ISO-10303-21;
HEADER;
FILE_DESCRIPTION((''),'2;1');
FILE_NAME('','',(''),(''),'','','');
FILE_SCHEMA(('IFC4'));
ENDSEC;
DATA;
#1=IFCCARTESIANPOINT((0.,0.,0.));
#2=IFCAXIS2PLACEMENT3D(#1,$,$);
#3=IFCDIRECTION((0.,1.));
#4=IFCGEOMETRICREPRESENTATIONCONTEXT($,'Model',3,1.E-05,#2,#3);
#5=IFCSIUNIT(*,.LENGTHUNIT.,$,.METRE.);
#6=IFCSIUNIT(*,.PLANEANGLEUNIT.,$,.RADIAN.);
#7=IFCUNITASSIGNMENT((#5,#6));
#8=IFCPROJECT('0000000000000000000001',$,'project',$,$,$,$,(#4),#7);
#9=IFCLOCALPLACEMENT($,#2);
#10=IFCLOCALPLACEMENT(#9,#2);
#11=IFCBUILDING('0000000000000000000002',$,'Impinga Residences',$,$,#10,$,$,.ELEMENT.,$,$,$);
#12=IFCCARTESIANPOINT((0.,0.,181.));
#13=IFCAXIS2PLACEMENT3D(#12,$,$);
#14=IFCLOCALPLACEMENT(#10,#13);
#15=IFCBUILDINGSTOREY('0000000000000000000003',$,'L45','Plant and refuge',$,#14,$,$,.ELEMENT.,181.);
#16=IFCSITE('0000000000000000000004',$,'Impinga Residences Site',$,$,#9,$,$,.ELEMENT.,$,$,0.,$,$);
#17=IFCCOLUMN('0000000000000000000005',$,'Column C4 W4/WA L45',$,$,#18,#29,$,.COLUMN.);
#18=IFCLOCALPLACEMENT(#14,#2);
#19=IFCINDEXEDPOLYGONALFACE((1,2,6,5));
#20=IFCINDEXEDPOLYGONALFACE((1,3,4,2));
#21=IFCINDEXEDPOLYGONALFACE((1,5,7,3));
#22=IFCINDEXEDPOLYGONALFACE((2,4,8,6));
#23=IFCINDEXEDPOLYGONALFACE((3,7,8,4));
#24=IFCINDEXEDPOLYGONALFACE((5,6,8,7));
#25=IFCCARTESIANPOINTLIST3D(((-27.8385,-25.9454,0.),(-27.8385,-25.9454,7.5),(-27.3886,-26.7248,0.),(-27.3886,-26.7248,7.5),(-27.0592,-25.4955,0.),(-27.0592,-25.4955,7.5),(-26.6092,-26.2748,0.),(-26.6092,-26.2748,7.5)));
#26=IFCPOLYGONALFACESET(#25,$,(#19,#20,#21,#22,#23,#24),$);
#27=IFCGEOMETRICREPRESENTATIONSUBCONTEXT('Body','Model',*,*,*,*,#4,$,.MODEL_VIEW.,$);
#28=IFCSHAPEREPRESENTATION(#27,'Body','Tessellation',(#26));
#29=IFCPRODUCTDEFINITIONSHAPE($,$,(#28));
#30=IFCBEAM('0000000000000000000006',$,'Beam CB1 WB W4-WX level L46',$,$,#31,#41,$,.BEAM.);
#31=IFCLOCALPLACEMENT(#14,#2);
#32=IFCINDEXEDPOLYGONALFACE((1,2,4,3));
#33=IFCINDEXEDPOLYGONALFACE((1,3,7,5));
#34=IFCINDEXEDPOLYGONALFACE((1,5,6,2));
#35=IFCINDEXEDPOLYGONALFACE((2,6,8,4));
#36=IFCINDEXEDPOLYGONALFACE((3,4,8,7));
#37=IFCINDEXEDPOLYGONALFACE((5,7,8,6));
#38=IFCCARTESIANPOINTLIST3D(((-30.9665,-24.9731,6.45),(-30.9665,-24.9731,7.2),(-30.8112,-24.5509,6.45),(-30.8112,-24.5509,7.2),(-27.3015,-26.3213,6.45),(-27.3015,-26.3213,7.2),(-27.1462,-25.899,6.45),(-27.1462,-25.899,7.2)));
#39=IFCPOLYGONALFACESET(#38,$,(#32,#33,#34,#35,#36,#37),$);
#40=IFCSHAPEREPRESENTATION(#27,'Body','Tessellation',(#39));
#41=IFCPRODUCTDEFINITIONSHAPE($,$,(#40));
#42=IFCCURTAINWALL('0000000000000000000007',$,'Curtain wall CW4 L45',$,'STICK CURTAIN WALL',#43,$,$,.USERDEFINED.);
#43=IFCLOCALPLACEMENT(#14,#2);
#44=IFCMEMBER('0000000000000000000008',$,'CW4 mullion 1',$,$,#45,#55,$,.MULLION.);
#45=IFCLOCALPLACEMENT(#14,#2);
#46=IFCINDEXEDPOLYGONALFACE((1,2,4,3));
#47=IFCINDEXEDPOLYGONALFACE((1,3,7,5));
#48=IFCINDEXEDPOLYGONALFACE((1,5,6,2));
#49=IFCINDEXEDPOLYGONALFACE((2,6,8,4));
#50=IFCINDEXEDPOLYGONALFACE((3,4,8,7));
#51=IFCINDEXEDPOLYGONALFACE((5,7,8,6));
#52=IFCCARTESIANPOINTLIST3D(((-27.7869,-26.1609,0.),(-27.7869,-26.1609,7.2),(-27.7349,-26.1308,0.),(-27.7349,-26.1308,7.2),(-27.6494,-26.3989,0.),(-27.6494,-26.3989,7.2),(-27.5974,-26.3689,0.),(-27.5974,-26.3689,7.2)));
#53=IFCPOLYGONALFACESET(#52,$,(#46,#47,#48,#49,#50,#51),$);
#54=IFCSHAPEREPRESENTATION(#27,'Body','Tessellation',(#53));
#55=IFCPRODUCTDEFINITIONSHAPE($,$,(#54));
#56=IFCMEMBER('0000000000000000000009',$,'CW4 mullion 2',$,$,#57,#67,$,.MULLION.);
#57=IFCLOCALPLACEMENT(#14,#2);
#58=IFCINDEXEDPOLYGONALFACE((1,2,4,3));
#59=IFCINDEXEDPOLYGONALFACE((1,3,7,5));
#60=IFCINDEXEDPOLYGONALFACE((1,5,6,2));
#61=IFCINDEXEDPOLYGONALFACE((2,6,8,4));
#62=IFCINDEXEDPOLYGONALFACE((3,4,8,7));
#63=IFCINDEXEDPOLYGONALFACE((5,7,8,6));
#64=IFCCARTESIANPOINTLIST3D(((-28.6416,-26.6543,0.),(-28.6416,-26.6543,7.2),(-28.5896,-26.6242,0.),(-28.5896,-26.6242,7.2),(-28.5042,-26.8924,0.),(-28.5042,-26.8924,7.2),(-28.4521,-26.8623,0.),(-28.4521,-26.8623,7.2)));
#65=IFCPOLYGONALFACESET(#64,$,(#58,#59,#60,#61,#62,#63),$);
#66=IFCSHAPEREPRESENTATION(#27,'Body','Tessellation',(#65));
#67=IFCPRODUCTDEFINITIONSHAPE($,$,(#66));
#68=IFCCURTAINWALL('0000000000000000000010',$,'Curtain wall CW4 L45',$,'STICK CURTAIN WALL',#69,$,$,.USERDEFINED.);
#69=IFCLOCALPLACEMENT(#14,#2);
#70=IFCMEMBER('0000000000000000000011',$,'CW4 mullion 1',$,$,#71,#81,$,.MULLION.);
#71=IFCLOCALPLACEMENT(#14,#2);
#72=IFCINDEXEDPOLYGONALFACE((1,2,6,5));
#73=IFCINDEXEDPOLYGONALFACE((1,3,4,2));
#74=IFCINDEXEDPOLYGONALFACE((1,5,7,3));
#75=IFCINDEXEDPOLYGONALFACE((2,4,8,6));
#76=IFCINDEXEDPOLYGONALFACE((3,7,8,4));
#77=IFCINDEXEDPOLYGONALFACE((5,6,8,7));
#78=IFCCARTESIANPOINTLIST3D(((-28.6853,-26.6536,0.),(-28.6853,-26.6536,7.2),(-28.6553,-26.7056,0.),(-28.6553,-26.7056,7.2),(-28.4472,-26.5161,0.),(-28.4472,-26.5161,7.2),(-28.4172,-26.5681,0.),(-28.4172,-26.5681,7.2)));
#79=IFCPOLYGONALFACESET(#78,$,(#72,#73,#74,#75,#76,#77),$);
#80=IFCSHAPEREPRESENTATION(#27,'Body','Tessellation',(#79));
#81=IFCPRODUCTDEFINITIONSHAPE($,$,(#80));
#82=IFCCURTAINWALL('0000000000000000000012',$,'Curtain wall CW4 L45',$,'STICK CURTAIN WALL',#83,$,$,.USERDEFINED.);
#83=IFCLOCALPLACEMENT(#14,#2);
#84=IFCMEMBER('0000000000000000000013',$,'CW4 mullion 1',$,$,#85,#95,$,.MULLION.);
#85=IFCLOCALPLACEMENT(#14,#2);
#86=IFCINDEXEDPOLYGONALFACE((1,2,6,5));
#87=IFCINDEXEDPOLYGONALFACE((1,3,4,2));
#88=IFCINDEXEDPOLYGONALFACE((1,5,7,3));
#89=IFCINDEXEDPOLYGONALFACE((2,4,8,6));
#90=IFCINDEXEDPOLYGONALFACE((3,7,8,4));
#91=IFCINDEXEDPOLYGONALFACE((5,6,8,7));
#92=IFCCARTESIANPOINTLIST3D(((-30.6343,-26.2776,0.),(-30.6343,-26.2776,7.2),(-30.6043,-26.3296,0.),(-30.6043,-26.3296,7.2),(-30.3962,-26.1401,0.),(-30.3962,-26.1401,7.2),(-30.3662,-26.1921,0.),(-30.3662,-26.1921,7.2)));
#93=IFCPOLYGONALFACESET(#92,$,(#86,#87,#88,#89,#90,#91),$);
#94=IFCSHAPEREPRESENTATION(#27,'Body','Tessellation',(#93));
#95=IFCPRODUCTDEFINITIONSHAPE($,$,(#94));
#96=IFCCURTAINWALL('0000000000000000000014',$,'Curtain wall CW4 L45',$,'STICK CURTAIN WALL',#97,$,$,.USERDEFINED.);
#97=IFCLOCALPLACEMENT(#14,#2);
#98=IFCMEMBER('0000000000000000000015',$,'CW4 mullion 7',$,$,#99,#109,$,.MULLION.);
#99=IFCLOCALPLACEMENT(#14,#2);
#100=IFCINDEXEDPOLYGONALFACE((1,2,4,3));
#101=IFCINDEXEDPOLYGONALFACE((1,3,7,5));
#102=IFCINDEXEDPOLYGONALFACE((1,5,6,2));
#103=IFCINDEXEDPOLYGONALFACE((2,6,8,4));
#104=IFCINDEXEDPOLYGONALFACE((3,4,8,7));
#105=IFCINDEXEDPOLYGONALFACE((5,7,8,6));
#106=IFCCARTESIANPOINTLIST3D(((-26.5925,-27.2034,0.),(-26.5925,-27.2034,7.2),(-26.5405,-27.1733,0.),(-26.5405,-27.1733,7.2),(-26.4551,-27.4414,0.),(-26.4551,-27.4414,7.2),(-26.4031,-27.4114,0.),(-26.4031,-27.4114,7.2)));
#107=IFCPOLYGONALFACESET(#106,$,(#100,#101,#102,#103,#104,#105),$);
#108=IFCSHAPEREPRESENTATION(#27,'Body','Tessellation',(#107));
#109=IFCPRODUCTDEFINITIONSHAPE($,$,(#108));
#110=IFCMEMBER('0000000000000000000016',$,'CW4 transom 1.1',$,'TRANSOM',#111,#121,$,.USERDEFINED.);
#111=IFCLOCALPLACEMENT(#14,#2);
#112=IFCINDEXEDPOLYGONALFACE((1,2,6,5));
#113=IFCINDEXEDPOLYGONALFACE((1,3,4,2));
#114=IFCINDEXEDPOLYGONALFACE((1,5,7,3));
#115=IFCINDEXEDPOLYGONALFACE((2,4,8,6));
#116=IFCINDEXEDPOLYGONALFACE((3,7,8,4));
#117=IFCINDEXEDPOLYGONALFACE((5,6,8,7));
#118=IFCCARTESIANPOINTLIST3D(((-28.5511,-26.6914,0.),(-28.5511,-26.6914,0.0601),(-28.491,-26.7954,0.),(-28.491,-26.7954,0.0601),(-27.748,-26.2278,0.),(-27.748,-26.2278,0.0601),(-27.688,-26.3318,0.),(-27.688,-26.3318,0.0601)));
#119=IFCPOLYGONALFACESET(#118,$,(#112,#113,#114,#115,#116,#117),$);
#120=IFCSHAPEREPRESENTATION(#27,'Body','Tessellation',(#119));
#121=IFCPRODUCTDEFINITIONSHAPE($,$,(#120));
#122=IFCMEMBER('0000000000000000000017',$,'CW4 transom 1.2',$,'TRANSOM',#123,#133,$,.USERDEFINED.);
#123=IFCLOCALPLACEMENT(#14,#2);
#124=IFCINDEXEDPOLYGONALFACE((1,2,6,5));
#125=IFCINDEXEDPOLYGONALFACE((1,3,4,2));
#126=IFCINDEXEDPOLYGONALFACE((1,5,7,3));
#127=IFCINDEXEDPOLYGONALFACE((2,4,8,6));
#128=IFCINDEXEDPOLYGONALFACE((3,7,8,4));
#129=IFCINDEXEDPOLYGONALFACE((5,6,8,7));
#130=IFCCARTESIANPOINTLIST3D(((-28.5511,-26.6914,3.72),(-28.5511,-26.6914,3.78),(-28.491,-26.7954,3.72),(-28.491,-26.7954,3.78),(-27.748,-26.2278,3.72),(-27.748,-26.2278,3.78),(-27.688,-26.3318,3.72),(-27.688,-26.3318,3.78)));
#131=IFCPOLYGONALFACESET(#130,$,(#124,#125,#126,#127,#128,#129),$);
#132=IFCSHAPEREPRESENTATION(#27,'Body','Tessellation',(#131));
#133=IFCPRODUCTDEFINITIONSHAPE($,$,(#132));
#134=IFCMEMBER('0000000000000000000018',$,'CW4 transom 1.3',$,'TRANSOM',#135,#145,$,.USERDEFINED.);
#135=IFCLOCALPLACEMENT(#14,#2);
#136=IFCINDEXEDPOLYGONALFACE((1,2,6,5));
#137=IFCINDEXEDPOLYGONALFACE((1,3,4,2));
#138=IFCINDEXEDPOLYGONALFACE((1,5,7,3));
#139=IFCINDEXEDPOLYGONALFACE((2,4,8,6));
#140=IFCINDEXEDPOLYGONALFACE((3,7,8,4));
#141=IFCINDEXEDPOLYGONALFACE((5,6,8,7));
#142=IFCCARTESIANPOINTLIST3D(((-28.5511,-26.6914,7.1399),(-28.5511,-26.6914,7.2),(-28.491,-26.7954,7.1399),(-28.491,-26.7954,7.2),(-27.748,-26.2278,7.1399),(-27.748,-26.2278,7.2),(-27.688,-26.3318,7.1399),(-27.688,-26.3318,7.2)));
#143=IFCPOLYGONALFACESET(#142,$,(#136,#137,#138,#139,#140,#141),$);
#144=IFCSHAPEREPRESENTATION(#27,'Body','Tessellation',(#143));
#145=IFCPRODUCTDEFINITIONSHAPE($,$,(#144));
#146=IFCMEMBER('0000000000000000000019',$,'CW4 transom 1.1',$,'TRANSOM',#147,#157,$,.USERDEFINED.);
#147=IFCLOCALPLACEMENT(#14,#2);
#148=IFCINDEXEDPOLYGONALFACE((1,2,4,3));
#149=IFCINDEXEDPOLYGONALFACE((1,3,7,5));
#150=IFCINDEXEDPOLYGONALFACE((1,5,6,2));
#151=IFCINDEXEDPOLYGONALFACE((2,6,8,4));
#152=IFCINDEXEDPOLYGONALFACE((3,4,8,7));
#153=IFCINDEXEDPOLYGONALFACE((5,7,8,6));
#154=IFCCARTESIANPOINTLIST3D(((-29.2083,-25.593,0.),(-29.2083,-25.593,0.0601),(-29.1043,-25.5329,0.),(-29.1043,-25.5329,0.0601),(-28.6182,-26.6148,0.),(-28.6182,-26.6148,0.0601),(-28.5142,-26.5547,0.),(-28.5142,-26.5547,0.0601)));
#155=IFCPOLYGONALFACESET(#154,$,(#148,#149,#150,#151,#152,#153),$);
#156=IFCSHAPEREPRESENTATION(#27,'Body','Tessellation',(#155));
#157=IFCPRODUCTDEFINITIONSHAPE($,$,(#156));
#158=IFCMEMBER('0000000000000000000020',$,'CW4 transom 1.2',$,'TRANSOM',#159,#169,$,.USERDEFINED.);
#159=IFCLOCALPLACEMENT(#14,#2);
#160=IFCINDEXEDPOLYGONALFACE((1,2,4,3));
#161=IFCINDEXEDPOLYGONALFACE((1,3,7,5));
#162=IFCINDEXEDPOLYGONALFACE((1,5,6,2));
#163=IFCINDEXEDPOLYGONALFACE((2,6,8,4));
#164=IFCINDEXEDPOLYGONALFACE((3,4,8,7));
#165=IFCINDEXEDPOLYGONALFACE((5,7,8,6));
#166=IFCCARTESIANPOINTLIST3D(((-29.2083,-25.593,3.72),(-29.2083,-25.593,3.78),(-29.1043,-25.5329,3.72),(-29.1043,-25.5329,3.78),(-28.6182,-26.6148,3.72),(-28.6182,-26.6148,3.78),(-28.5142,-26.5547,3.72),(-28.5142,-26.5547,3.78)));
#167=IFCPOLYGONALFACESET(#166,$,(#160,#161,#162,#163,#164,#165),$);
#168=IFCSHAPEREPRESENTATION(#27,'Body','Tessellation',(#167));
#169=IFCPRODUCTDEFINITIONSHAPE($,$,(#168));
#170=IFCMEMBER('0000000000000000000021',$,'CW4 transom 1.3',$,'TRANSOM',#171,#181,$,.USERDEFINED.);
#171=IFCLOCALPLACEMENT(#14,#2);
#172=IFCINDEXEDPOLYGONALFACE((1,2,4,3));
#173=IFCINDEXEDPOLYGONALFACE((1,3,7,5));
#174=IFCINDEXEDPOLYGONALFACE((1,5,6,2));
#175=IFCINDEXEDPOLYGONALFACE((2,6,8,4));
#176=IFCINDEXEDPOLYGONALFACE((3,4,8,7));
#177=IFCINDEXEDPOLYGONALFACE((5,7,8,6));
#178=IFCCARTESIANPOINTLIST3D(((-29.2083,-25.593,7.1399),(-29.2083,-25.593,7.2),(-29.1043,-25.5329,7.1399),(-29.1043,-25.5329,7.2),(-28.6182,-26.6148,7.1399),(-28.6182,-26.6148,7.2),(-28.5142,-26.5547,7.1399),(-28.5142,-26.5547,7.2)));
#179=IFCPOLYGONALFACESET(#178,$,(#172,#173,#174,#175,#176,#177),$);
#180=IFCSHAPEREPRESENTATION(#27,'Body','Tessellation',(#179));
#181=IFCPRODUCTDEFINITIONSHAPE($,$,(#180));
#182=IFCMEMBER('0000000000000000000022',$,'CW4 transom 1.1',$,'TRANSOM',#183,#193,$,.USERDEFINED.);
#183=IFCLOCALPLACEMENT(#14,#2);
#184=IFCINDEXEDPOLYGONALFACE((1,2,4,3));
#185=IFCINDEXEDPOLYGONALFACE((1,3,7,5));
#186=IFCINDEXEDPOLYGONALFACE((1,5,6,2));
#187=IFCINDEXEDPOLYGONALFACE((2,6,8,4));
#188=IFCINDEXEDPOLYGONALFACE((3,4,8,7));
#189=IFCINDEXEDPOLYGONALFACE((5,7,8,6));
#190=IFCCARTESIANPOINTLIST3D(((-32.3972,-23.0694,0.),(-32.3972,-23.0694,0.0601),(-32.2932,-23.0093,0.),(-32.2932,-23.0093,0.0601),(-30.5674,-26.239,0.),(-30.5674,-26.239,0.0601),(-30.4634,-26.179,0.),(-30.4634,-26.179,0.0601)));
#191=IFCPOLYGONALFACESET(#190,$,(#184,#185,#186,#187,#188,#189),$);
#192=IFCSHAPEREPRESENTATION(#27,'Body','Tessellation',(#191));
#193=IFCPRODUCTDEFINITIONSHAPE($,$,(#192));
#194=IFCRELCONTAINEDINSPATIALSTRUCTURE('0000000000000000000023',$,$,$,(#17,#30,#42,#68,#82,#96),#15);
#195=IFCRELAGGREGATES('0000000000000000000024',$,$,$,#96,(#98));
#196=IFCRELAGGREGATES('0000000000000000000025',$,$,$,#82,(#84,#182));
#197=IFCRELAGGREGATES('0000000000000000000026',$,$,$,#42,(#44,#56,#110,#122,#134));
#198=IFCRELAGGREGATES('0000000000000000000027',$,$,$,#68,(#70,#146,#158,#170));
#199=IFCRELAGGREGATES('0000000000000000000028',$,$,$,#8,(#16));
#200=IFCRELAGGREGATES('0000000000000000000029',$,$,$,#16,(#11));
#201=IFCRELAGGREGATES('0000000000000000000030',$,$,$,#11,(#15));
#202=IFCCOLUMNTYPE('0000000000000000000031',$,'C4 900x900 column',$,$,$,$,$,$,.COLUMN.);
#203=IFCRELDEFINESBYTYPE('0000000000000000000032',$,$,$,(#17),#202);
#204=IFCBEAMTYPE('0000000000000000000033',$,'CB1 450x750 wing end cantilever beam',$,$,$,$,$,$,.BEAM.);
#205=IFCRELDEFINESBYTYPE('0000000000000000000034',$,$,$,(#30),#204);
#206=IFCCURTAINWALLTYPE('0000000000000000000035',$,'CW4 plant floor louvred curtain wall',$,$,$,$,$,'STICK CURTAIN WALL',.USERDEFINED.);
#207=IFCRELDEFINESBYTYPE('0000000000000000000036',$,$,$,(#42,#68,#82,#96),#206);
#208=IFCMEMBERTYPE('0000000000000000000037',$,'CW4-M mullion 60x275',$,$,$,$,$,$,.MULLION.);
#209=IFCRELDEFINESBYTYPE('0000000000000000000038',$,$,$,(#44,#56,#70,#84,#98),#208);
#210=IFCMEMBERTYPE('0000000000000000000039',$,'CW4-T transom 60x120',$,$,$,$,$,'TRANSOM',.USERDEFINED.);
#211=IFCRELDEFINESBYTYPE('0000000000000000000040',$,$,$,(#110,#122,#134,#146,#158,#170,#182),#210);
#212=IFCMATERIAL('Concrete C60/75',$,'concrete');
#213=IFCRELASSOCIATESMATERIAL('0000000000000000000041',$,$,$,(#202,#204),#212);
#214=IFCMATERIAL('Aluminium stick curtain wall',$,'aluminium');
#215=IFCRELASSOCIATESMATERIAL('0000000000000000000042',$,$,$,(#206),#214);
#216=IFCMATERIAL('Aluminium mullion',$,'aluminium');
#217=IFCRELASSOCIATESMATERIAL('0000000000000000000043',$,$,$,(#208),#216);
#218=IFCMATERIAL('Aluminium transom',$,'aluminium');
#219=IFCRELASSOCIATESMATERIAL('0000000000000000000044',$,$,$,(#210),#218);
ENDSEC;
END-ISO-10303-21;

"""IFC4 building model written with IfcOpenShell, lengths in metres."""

from ifc_helpers import new_model, si_unit, direction, frame, origin, origin_2d, place, context, subcontext, project, spatial, rectangle, extrude, material, material_profile, profile_set, type_object, element, aggregate, save


model = new_model("IFC4")

# Units and contexts
model_context = context("Model", 3, precision=1e-05, world=origin(), true_north=direction((0.0, 1.0)))
body_context = subcontext(model_context, "Body", "Model", "MODEL_VIEW")
ifc_project = project(units=[si_unit("LENGTHUNIT", "METRE"), si_unit("PLANEANGLEUNIT", "RADIAN")], contexts=[model_context])

# Site, building, storey
site_placement = place(None, origin())
site = spatial("IfcSite", under=ifc_project, at=site_placement, Name="Impinga Residences Site", CompositionType="ELEMENT", RefElevation=0.0)
building_placement = place(site_placement, origin())
building = spatial("IfcBuilding", under=site, at=building_placement, Name="Impinga Residences", CompositionType="ELEMENT")
storey_placement = place(building_placement, frame((0.0, 0.0, 181.0)))
storey = spatial("IfcBuildingStorey", under=building, at=storey_placement, Name="L45", Description="Plant and refuge", CompositionType="ELEMENT", Elevation=181.0)

# Column
ifc_material_1 = material(Name="Concrete C60/75", Category="concrete")
ifc_material_profile_1 = material_profile(ifc_material_1, rectangle(XDim=0.8999, YDim=0.8999, at=origin_2d()), Name="RC 900x900")
ifc_profile_set_1 = profile_set([ifc_material_profile_1], Name="Concrete C60/75")
column_type = type_object("IfcColumnType", Name="C4 900x900 column", PredefinedType="COLUMN", material=ifc_profile_set_1)
column_placement = place(storey_placement, frame((-27.2239, -26.1101, 0.0), z_axis=(0.0, 0.0, 1.0), x_axis=(-0.5, 0.866025, 0.0)))
element("IfcColumn", 1, at=column_placement, inside=storey, type_object=column_type, Name="Column C4 W4/WA L45", PredefinedType="COLUMN", context=body_context, shape_type="SweptSolid", body=[
    extrude(rectangle(XDim=0.8999, YDim=0.8999, at=origin_2d()), origin(), (0.0, 0.0, 1.0), 7.5),
])

# Beam
ifc_material_profile_2 = material_profile(ifc_material_1, rectangle(XDim=0.45, YDim=0.75, at=origin_2d()), Name="RC 450x750")
ifc_profile_set_2 = profile_set([ifc_material_profile_2], Name="Concrete C60/75")
beam_type = type_object("IfcBeamType", Name="CB1 450x750 wing end cantilever beam", PredefinedType="BEAM", material=ifc_profile_set_2)
beam_placement = place(storey_placement, frame((-27.2239, -26.1101, 6.825), z_axis=(-0.93852, 0.345224, 0.0), x_axis=(-0.345224, -0.93852, 0.0)))
element("IfcBeam", 2, at=beam_placement, inside=storey, type_object=beam_type, Name="Beam CB1 WB W4-WX level L46", PredefinedType="BEAM", context=body_context, shape_type="SweptSolid", body=[
    extrude(rectangle(XDim=0.45, YDim=0.75, at=origin_2d()), origin(), (0.0, 0.0, 1.0), 3.905),
])

# Curtain wall, members
ifc_material_2 = material(Name="Aluminium stick curtain wall", Category="aluminium")
curtain_wall_type = type_object("IfcCurtainWallType", Name="CW4 plant floor louvred curtain wall", ElementType="STICK CURTAIN WALL", PredefinedType="USERDEFINED", material=ifc_material_2)
curtain_wall_1_placement = place(storey_placement, origin())
curtain_wall_1 = element("IfcCurtainWall", 3, at=curtain_wall_1_placement, inside=storey, type_object=curtain_wall_type, Name="Curtain wall CW4 L45", ObjectType="STICK CURTAIN WALL", PredefinedType="USERDEFINED")
ifc_material_3 = material(Name="Aluminium mullion", Category="aluminium")
ifc_material_profile_3 = material_profile(ifc_material_3, rectangle(XDim=0.0601, YDim=0.2749, at=origin_2d()), Name="60x275 mullion")
ifc_profile_set_3 = profile_set([ifc_material_profile_3], Name="Aluminium mullion")
member_type_1 = type_object("IfcMemberType", Name="CW4-M mullion 60x275", PredefinedType="MULLION", material=ifc_profile_set_3)
member_1_placement = place(storey_placement, frame((-27.6921, -26.2649, 0.0), z_axis=(0.0, 0.0, 1.0), x_axis=(-0.866025, -0.5, 0.0)))
member_1 = element("IfcMember", 4, at=member_1_placement, type_object=member_type_1, Name="CW4 mullion 1", PredefinedType="MULLION", context=body_context, shape_type="SweptSolid", body=[
    extrude(rectangle(XDim=0.0601, YDim=0.2749, at=origin_2d()), origin(), (0.0, 0.0, 1.0), 7.2),
])
member_2_placement = place(storey_placement, frame((-28.5469, -26.7583, 0.0), z_axis=(0.0, 0.0, 1.0), x_axis=(-0.866025, -0.5, 0.0)))
member_2 = element("IfcMember", 5, at=member_2_placement, type_object=member_type_1, Name="CW4 mullion 2", PredefinedType="MULLION", context=body_context, shape_type="SweptSolid", body=[
    extrude(rectangle(XDim=0.0601, YDim=0.2749, at=origin_2d()), origin(), (0.0, 0.0, 1.0), 7.2),
])

# Curtain walls, members
curtain_wall_2_placement = place(storey_placement, origin())
curtain_wall_2 = element("IfcCurtainWall", 6, at=curtain_wall_2_placement, inside=storey, type_object=curtain_wall_type, Name="Curtain wall CW4 L45", ObjectType="STICK CURTAIN WALL", PredefinedType="USERDEFINED")
member_3_placement = place(storey_placement, frame((-28.5513, -26.6108, 0.0), z_axis=(0.0, 0.0, 1.0), x_axis=(-0.5, 0.866025, 0.0)))
member_3 = element("IfcMember", 7, at=member_3_placement, type_object=member_type_1, Name="CW4 mullion 1", PredefinedType="MULLION", context=body_context, shape_type="SweptSolid", body=[
    extrude(rectangle(XDim=0.0601, YDim=0.2749, at=origin_2d()), origin(), (0.0, 0.0, 1.0), 7.2),
])
curtain_wall_3_placement = place(storey_placement, origin())
curtain_wall_3 = element("IfcCurtainWall", 8, at=curtain_wall_3_placement, inside=storey, type_object=curtain_wall_type, Name="Curtain wall CW4 L45", ObjectType="STICK CURTAIN WALL", PredefinedType="USERDEFINED")
member_4_placement = place(storey_placement, frame((-30.5002, -26.2349, 0.0), z_axis=(0.0, 0.0, 1.0), x_axis=(-0.5, 0.866025, 0.0)))
member_4 = element("IfcMember", 9, at=member_4_placement, type_object=member_type_1, Name="CW4 mullion 1", PredefinedType="MULLION", context=body_context, shape_type="SweptSolid", body=[
    extrude(rectangle(XDim=0.0601, YDim=0.2749, at=origin_2d()), origin(), (0.0, 0.0, 1.0), 7.2),
])
curtain_wall_4_placement = place(storey_placement, origin())
curtain_wall_4 = element("IfcCurtainWall", 10, at=curtain_wall_4_placement, inside=storey, type_object=curtain_wall_type, Name="Curtain wall CW4 L45", ObjectType="STICK CURTAIN WALL", PredefinedType="USERDEFINED")
member_5_placement = place(storey_placement, frame((-26.4978, -27.3074, 0.0), z_axis=(0.0, 0.0, 1.0), x_axis=(-0.866025, -0.5, 0.0)))
member_5 = element("IfcMember", 11, at=member_5_placement, type_object=member_type_1, Name="CW4 mullion 7", PredefinedType="MULLION", context=body_context, shape_type="SweptSolid", body=[
    extrude(rectangle(XDim=0.0601, YDim=0.2749, at=origin_2d()), origin(), (0.0, 0.0, 1.0), 7.2),
])
aggregate(curtain_wall_4, [member_5])

# Members
ifc_material_4 = material(Name="Aluminium transom", Category="aluminium")
ifc_material_profile_4 = material_profile(ifc_material_4, rectangle(XDim=0.0601, YDim=0.1201, at=origin_2d()), Name="60x120 transom")
ifc_profile_set_4 = profile_set([ifc_material_profile_4], Name="Aluminium transom")
member_type_2 = type_object("IfcMemberType", Name="CW4-T transom 60x120", ElementType="TRANSOM", PredefinedType="USERDEFINED", material=ifc_profile_set_4)
member_6_placement = place(storey_placement, frame((-27.718, -26.2798, 0.03), z_axis=(-0.866015, -0.500019, 0.0), x_axis=(0.0, 0.0, 1.0)))
member_6 = element("IfcMember", 12, at=member_6_placement, type_object=member_type_2, Name="CW4 transom 1.1", ObjectType="TRANSOM", PredefinedType="USERDEFINED", context=body_context, shape_type="SweptSolid", body=[
    extrude(rectangle(XDim=0.0601, YDim=0.1201, at=origin_2d()), origin(), (0.0, 0.0, 1.0), 0.9272),
])
member_7_placement = place(storey_placement, frame((-27.718, -26.2798, 3.75), z_axis=(-0.866015, -0.500019, 0.0), x_axis=(0.0, 0.0, 1.0)))
member_7 = element("IfcMember", 13, at=member_7_placement, type_object=member_type_2, Name="CW4 transom 1.2", ObjectType="TRANSOM", PredefinedType="USERDEFINED", context=body_context, shape_type="SweptSolid", body=[
    extrude(rectangle(XDim=0.0601, YDim=0.1201, at=origin_2d()), origin(), (0.0, 0.0, 1.0), 0.9272),
])
member_8_placement = place(storey_placement, frame((-27.718, -26.2798, 7.1699), z_axis=(-0.866015, -0.500019, 0.0), x_axis=(0.0, 0.0, 1.0)))
member_8 = element("IfcMember", 14, at=member_8_placement, type_object=member_type_2, Name="CW4 transom 1.3", ObjectType="TRANSOM", PredefinedType="USERDEFINED", context=body_context, shape_type="SweptSolid", body=[
    extrude(rectangle(XDim=0.0601, YDim=0.1201, at=origin_2d()), origin(), (0.0, 0.0, 1.0), 0.9272),
])
member_9_placement = place(storey_placement, frame((-28.5662, -26.5847, 0.03), z_axis=(-0.500122, 0.865955, 0.0), x_axis=(0.0, 0.0, 1.0)))
member_9 = element("IfcMember", 15, at=member_9_placement, type_object=member_type_2, Name="CW4 transom 1.1", ObjectType="TRANSOM", PredefinedType="USERDEFINED", context=body_context, shape_type="SweptSolid", body=[
    extrude(rectangle(XDim=0.0601, YDim=0.1201, at=origin_2d()), origin(), (0.0, 0.0, 1.0), 1.1799),
])
member_10_placement = place(storey_placement, frame((-28.5662, -26.5847, 3.75), z_axis=(-0.500122, 0.865955, 0.0), x_axis=(0.0, 0.0, 1.0)))
member_10 = element("IfcMember", 16, at=member_10_placement, type_object=member_type_2, Name="CW4 transom 1.2", ObjectType="TRANSOM", PredefinedType="USERDEFINED", context=body_context, shape_type="SweptSolid", body=[
    extrude(rectangle(XDim=0.0601, YDim=0.1201, at=origin_2d()), origin(), (0.0, 0.0, 1.0), 1.1799),
])
member_11_placement = place(storey_placement, frame((-28.5662, -26.5847, 7.1699), z_axis=(-0.500122, 0.865955, 0.0), x_axis=(0.0, 0.0, 1.0)))
member_11 = element("IfcMember", 17, at=member_11_placement, type_object=member_type_2, Name="CW4 transom 1.3", ObjectType="TRANSOM", PredefinedType="USERDEFINED", context=body_context, shape_type="SweptSolid", body=[
    extrude(rectangle(XDim=0.0601, YDim=0.1201, at=origin_2d()), origin(), (0.0, 0.0, 1.0), 1.1799),
])
member_12_placement = place(storey_placement, frame((-30.5154, -26.209, 0.03), z_axis=(-0.499963, 0.866047, 0.0), x_axis=(0.0, 0.0, 1.0)))
member_12 = element("IfcMember", 18, at=member_12_placement, type_object=member_type_2, Name="CW4 transom 1.1", ObjectType="TRANSOM", PredefinedType="USERDEFINED", context=body_context, shape_type="SweptSolid", body=[
    extrude(rectangle(XDim=0.0601, YDim=0.1201, at=origin_2d()), origin(), (0.0, 0.0, 1.0), 3.6599),
])
aggregate(curtain_wall_3, [member_4, member_12])

aggregate(curtain_wall_1, [member_1, member_2, member_6, member_7, member_8])
aggregate(curtain_wall_2, [member_3, member_9, member_10, member_11])

save(model, "model.ifc")
